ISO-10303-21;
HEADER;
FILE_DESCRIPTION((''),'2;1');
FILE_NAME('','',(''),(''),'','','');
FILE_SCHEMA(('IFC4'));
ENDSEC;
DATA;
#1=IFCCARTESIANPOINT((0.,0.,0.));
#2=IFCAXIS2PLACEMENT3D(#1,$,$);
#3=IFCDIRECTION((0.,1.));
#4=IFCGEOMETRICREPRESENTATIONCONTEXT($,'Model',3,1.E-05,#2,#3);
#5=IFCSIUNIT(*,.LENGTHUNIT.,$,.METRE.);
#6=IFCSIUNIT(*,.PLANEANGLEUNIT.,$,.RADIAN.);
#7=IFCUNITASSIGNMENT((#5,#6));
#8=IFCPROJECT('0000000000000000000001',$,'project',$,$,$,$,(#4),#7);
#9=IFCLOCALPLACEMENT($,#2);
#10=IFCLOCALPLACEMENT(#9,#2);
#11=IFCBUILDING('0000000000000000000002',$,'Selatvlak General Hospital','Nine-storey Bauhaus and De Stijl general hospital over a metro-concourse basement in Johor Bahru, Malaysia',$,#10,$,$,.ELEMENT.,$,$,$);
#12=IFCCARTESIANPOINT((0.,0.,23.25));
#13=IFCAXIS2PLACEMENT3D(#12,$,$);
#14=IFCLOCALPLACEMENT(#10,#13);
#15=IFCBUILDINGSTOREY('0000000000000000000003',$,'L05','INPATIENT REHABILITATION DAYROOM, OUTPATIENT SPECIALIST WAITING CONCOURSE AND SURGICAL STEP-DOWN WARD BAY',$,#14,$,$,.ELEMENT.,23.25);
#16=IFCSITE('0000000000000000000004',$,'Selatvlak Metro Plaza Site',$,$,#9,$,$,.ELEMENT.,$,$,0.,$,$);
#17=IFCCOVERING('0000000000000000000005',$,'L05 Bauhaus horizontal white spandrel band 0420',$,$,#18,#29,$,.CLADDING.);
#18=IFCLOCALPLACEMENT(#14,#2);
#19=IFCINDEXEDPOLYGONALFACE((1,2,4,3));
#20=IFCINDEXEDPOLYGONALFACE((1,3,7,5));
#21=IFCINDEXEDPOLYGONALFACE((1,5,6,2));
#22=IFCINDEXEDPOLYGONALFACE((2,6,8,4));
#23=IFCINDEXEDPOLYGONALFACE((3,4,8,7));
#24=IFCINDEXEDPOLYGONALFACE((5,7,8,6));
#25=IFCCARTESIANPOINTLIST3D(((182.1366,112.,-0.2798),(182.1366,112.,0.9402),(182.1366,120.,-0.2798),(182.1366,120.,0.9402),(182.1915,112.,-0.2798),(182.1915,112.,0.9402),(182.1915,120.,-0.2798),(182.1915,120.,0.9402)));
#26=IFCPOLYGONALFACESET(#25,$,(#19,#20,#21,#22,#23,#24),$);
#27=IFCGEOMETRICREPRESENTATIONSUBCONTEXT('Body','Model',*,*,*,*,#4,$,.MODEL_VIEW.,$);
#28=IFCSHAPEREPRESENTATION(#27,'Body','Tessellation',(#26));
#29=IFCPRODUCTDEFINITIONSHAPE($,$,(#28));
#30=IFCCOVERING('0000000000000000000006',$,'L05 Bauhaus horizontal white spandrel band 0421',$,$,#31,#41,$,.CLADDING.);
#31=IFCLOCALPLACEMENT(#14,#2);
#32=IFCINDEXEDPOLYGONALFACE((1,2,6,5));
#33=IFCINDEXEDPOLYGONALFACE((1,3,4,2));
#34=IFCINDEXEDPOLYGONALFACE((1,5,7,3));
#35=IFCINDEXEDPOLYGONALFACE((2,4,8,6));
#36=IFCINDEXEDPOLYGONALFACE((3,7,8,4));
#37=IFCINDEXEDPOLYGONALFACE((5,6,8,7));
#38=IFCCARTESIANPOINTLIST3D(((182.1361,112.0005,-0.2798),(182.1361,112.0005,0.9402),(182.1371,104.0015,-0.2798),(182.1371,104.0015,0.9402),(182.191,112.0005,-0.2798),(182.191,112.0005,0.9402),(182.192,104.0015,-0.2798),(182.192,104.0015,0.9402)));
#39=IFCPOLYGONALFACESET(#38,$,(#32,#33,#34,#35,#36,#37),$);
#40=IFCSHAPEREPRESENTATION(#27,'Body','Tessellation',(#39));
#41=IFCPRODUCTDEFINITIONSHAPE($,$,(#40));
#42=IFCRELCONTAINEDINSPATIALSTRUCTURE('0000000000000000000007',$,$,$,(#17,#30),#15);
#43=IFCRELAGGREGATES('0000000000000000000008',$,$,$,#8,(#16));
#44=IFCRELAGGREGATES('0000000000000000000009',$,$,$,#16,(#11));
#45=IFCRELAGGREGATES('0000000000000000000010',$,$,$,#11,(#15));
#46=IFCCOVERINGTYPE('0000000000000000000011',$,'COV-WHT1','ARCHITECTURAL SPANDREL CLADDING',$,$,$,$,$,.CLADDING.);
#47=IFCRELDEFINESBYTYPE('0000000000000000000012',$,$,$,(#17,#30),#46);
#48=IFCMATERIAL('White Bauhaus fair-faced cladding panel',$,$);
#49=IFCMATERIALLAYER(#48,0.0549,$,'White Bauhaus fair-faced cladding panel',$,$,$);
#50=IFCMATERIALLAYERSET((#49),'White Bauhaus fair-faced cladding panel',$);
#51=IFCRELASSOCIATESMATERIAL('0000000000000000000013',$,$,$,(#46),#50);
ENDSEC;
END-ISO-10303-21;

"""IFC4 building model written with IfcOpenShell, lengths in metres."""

from ifc_helpers import new_model, si_unit, direction, frame, origin, origin_2d, place, context, subcontext, project, spatial, rectangle, extrude, material, layer, layer_set, type_object, element, save


model = new_model("IFC4")

# Units and contexts
model_context = context("Model", 3, precision=1e-05, world=origin(), true_north=direction((0.0, 1.0)))
body_context = subcontext(model_context, "Body", "Model", "MODEL_VIEW")
ifc_project = project(units=[si_unit("LENGTHUNIT", "METRE"), si_unit("PLANEANGLEUNIT", "RADIAN")], contexts=[model_context])

# Site, building, storey
site_placement = place(None, origin())
site = spatial("IfcSite", under=ifc_project, at=site_placement, Name="Selatvlak Metro Plaza Site", CompositionType="ELEMENT", RefElevation=0.0)
building_placement = place(site_placement, origin())
building = spatial("IfcBuilding", under=site, at=building_placement, Name="Selatvlak General Hospital", Description="Nine-storey Bauhaus and De Stijl general hospital over a metro-concourse basement in Johor Bahru, Malaysia", CompositionType="ELEMENT")
storey_placement = place(building_placement, frame((0.0, 0.0, 23.25)))
storey = spatial("IfcBuildingStorey", under=building, at=storey_placement, Name="L05", Description="INPATIENT REHABILITATION DAYROOM, OUTPATIENT SPECIALIST WAITING CONCOURSE AND SURGICAL STEP-DOWN WARD BAY", CompositionType="ELEMENT", Elevation=23.25)

# Coverings
ifc_material_1 = material(Name="White Bauhaus fair-faced cladding panel")
ifc_layer_1 = layer(ifc_material_1, 0.0549, Name="White Bauhaus fair-faced cladding panel")
ifc_layer_set_1 = layer_set([ifc_layer_1], Name="White Bauhaus fair-faced cladding panel")
covering_type = type_object("IfcCoveringType", Name="COV-WHT1", Description="ARCHITECTURAL SPANDREL CLADDING", PredefinedType="CLADDING", material=ifc_layer_set_1)
covering_1_placement = place(storey_placement, frame((182.1641, 116.0, -0.2798), z_axis=(0.0, 0.0, 1.0), x_axis=(0.0, -1.0, 0.0)))
element("IfcCovering", 1, at=covering_1_placement, inside=storey, type_object=covering_type, Name="L05 Bauhaus horizontal white spandrel band 0420", PredefinedType="CLADDING", context=body_context, shape_type="SweptSolid", body=[
    extrude(rectangle(XDim=8.0, YDim=0.0549, at=origin_2d()), origin(), (0.0, 0.0, 1.0), 1.22),
])
covering_2_placement = place(storey_placement, frame((182.1641, 108.001, -0.2798), z_axis=(0.0, 0.0, 1.0), x_axis=(0.000122, -1.0, 0.0)))
element("IfcCovering", 2, at=covering_2_placement, inside=storey, type_object=covering_type, Name="L05 Bauhaus horizontal white spandrel band 0421", PredefinedType="CLADDING", context=body_context, shape_type="SweptSolid", body=[
    extrude(rectangle(XDim=7.999, YDim=0.0549, at=origin_2d()), origin(), (0.0, 0.0, 1.0), 1.22),
])

save(model, "model.ifc")
